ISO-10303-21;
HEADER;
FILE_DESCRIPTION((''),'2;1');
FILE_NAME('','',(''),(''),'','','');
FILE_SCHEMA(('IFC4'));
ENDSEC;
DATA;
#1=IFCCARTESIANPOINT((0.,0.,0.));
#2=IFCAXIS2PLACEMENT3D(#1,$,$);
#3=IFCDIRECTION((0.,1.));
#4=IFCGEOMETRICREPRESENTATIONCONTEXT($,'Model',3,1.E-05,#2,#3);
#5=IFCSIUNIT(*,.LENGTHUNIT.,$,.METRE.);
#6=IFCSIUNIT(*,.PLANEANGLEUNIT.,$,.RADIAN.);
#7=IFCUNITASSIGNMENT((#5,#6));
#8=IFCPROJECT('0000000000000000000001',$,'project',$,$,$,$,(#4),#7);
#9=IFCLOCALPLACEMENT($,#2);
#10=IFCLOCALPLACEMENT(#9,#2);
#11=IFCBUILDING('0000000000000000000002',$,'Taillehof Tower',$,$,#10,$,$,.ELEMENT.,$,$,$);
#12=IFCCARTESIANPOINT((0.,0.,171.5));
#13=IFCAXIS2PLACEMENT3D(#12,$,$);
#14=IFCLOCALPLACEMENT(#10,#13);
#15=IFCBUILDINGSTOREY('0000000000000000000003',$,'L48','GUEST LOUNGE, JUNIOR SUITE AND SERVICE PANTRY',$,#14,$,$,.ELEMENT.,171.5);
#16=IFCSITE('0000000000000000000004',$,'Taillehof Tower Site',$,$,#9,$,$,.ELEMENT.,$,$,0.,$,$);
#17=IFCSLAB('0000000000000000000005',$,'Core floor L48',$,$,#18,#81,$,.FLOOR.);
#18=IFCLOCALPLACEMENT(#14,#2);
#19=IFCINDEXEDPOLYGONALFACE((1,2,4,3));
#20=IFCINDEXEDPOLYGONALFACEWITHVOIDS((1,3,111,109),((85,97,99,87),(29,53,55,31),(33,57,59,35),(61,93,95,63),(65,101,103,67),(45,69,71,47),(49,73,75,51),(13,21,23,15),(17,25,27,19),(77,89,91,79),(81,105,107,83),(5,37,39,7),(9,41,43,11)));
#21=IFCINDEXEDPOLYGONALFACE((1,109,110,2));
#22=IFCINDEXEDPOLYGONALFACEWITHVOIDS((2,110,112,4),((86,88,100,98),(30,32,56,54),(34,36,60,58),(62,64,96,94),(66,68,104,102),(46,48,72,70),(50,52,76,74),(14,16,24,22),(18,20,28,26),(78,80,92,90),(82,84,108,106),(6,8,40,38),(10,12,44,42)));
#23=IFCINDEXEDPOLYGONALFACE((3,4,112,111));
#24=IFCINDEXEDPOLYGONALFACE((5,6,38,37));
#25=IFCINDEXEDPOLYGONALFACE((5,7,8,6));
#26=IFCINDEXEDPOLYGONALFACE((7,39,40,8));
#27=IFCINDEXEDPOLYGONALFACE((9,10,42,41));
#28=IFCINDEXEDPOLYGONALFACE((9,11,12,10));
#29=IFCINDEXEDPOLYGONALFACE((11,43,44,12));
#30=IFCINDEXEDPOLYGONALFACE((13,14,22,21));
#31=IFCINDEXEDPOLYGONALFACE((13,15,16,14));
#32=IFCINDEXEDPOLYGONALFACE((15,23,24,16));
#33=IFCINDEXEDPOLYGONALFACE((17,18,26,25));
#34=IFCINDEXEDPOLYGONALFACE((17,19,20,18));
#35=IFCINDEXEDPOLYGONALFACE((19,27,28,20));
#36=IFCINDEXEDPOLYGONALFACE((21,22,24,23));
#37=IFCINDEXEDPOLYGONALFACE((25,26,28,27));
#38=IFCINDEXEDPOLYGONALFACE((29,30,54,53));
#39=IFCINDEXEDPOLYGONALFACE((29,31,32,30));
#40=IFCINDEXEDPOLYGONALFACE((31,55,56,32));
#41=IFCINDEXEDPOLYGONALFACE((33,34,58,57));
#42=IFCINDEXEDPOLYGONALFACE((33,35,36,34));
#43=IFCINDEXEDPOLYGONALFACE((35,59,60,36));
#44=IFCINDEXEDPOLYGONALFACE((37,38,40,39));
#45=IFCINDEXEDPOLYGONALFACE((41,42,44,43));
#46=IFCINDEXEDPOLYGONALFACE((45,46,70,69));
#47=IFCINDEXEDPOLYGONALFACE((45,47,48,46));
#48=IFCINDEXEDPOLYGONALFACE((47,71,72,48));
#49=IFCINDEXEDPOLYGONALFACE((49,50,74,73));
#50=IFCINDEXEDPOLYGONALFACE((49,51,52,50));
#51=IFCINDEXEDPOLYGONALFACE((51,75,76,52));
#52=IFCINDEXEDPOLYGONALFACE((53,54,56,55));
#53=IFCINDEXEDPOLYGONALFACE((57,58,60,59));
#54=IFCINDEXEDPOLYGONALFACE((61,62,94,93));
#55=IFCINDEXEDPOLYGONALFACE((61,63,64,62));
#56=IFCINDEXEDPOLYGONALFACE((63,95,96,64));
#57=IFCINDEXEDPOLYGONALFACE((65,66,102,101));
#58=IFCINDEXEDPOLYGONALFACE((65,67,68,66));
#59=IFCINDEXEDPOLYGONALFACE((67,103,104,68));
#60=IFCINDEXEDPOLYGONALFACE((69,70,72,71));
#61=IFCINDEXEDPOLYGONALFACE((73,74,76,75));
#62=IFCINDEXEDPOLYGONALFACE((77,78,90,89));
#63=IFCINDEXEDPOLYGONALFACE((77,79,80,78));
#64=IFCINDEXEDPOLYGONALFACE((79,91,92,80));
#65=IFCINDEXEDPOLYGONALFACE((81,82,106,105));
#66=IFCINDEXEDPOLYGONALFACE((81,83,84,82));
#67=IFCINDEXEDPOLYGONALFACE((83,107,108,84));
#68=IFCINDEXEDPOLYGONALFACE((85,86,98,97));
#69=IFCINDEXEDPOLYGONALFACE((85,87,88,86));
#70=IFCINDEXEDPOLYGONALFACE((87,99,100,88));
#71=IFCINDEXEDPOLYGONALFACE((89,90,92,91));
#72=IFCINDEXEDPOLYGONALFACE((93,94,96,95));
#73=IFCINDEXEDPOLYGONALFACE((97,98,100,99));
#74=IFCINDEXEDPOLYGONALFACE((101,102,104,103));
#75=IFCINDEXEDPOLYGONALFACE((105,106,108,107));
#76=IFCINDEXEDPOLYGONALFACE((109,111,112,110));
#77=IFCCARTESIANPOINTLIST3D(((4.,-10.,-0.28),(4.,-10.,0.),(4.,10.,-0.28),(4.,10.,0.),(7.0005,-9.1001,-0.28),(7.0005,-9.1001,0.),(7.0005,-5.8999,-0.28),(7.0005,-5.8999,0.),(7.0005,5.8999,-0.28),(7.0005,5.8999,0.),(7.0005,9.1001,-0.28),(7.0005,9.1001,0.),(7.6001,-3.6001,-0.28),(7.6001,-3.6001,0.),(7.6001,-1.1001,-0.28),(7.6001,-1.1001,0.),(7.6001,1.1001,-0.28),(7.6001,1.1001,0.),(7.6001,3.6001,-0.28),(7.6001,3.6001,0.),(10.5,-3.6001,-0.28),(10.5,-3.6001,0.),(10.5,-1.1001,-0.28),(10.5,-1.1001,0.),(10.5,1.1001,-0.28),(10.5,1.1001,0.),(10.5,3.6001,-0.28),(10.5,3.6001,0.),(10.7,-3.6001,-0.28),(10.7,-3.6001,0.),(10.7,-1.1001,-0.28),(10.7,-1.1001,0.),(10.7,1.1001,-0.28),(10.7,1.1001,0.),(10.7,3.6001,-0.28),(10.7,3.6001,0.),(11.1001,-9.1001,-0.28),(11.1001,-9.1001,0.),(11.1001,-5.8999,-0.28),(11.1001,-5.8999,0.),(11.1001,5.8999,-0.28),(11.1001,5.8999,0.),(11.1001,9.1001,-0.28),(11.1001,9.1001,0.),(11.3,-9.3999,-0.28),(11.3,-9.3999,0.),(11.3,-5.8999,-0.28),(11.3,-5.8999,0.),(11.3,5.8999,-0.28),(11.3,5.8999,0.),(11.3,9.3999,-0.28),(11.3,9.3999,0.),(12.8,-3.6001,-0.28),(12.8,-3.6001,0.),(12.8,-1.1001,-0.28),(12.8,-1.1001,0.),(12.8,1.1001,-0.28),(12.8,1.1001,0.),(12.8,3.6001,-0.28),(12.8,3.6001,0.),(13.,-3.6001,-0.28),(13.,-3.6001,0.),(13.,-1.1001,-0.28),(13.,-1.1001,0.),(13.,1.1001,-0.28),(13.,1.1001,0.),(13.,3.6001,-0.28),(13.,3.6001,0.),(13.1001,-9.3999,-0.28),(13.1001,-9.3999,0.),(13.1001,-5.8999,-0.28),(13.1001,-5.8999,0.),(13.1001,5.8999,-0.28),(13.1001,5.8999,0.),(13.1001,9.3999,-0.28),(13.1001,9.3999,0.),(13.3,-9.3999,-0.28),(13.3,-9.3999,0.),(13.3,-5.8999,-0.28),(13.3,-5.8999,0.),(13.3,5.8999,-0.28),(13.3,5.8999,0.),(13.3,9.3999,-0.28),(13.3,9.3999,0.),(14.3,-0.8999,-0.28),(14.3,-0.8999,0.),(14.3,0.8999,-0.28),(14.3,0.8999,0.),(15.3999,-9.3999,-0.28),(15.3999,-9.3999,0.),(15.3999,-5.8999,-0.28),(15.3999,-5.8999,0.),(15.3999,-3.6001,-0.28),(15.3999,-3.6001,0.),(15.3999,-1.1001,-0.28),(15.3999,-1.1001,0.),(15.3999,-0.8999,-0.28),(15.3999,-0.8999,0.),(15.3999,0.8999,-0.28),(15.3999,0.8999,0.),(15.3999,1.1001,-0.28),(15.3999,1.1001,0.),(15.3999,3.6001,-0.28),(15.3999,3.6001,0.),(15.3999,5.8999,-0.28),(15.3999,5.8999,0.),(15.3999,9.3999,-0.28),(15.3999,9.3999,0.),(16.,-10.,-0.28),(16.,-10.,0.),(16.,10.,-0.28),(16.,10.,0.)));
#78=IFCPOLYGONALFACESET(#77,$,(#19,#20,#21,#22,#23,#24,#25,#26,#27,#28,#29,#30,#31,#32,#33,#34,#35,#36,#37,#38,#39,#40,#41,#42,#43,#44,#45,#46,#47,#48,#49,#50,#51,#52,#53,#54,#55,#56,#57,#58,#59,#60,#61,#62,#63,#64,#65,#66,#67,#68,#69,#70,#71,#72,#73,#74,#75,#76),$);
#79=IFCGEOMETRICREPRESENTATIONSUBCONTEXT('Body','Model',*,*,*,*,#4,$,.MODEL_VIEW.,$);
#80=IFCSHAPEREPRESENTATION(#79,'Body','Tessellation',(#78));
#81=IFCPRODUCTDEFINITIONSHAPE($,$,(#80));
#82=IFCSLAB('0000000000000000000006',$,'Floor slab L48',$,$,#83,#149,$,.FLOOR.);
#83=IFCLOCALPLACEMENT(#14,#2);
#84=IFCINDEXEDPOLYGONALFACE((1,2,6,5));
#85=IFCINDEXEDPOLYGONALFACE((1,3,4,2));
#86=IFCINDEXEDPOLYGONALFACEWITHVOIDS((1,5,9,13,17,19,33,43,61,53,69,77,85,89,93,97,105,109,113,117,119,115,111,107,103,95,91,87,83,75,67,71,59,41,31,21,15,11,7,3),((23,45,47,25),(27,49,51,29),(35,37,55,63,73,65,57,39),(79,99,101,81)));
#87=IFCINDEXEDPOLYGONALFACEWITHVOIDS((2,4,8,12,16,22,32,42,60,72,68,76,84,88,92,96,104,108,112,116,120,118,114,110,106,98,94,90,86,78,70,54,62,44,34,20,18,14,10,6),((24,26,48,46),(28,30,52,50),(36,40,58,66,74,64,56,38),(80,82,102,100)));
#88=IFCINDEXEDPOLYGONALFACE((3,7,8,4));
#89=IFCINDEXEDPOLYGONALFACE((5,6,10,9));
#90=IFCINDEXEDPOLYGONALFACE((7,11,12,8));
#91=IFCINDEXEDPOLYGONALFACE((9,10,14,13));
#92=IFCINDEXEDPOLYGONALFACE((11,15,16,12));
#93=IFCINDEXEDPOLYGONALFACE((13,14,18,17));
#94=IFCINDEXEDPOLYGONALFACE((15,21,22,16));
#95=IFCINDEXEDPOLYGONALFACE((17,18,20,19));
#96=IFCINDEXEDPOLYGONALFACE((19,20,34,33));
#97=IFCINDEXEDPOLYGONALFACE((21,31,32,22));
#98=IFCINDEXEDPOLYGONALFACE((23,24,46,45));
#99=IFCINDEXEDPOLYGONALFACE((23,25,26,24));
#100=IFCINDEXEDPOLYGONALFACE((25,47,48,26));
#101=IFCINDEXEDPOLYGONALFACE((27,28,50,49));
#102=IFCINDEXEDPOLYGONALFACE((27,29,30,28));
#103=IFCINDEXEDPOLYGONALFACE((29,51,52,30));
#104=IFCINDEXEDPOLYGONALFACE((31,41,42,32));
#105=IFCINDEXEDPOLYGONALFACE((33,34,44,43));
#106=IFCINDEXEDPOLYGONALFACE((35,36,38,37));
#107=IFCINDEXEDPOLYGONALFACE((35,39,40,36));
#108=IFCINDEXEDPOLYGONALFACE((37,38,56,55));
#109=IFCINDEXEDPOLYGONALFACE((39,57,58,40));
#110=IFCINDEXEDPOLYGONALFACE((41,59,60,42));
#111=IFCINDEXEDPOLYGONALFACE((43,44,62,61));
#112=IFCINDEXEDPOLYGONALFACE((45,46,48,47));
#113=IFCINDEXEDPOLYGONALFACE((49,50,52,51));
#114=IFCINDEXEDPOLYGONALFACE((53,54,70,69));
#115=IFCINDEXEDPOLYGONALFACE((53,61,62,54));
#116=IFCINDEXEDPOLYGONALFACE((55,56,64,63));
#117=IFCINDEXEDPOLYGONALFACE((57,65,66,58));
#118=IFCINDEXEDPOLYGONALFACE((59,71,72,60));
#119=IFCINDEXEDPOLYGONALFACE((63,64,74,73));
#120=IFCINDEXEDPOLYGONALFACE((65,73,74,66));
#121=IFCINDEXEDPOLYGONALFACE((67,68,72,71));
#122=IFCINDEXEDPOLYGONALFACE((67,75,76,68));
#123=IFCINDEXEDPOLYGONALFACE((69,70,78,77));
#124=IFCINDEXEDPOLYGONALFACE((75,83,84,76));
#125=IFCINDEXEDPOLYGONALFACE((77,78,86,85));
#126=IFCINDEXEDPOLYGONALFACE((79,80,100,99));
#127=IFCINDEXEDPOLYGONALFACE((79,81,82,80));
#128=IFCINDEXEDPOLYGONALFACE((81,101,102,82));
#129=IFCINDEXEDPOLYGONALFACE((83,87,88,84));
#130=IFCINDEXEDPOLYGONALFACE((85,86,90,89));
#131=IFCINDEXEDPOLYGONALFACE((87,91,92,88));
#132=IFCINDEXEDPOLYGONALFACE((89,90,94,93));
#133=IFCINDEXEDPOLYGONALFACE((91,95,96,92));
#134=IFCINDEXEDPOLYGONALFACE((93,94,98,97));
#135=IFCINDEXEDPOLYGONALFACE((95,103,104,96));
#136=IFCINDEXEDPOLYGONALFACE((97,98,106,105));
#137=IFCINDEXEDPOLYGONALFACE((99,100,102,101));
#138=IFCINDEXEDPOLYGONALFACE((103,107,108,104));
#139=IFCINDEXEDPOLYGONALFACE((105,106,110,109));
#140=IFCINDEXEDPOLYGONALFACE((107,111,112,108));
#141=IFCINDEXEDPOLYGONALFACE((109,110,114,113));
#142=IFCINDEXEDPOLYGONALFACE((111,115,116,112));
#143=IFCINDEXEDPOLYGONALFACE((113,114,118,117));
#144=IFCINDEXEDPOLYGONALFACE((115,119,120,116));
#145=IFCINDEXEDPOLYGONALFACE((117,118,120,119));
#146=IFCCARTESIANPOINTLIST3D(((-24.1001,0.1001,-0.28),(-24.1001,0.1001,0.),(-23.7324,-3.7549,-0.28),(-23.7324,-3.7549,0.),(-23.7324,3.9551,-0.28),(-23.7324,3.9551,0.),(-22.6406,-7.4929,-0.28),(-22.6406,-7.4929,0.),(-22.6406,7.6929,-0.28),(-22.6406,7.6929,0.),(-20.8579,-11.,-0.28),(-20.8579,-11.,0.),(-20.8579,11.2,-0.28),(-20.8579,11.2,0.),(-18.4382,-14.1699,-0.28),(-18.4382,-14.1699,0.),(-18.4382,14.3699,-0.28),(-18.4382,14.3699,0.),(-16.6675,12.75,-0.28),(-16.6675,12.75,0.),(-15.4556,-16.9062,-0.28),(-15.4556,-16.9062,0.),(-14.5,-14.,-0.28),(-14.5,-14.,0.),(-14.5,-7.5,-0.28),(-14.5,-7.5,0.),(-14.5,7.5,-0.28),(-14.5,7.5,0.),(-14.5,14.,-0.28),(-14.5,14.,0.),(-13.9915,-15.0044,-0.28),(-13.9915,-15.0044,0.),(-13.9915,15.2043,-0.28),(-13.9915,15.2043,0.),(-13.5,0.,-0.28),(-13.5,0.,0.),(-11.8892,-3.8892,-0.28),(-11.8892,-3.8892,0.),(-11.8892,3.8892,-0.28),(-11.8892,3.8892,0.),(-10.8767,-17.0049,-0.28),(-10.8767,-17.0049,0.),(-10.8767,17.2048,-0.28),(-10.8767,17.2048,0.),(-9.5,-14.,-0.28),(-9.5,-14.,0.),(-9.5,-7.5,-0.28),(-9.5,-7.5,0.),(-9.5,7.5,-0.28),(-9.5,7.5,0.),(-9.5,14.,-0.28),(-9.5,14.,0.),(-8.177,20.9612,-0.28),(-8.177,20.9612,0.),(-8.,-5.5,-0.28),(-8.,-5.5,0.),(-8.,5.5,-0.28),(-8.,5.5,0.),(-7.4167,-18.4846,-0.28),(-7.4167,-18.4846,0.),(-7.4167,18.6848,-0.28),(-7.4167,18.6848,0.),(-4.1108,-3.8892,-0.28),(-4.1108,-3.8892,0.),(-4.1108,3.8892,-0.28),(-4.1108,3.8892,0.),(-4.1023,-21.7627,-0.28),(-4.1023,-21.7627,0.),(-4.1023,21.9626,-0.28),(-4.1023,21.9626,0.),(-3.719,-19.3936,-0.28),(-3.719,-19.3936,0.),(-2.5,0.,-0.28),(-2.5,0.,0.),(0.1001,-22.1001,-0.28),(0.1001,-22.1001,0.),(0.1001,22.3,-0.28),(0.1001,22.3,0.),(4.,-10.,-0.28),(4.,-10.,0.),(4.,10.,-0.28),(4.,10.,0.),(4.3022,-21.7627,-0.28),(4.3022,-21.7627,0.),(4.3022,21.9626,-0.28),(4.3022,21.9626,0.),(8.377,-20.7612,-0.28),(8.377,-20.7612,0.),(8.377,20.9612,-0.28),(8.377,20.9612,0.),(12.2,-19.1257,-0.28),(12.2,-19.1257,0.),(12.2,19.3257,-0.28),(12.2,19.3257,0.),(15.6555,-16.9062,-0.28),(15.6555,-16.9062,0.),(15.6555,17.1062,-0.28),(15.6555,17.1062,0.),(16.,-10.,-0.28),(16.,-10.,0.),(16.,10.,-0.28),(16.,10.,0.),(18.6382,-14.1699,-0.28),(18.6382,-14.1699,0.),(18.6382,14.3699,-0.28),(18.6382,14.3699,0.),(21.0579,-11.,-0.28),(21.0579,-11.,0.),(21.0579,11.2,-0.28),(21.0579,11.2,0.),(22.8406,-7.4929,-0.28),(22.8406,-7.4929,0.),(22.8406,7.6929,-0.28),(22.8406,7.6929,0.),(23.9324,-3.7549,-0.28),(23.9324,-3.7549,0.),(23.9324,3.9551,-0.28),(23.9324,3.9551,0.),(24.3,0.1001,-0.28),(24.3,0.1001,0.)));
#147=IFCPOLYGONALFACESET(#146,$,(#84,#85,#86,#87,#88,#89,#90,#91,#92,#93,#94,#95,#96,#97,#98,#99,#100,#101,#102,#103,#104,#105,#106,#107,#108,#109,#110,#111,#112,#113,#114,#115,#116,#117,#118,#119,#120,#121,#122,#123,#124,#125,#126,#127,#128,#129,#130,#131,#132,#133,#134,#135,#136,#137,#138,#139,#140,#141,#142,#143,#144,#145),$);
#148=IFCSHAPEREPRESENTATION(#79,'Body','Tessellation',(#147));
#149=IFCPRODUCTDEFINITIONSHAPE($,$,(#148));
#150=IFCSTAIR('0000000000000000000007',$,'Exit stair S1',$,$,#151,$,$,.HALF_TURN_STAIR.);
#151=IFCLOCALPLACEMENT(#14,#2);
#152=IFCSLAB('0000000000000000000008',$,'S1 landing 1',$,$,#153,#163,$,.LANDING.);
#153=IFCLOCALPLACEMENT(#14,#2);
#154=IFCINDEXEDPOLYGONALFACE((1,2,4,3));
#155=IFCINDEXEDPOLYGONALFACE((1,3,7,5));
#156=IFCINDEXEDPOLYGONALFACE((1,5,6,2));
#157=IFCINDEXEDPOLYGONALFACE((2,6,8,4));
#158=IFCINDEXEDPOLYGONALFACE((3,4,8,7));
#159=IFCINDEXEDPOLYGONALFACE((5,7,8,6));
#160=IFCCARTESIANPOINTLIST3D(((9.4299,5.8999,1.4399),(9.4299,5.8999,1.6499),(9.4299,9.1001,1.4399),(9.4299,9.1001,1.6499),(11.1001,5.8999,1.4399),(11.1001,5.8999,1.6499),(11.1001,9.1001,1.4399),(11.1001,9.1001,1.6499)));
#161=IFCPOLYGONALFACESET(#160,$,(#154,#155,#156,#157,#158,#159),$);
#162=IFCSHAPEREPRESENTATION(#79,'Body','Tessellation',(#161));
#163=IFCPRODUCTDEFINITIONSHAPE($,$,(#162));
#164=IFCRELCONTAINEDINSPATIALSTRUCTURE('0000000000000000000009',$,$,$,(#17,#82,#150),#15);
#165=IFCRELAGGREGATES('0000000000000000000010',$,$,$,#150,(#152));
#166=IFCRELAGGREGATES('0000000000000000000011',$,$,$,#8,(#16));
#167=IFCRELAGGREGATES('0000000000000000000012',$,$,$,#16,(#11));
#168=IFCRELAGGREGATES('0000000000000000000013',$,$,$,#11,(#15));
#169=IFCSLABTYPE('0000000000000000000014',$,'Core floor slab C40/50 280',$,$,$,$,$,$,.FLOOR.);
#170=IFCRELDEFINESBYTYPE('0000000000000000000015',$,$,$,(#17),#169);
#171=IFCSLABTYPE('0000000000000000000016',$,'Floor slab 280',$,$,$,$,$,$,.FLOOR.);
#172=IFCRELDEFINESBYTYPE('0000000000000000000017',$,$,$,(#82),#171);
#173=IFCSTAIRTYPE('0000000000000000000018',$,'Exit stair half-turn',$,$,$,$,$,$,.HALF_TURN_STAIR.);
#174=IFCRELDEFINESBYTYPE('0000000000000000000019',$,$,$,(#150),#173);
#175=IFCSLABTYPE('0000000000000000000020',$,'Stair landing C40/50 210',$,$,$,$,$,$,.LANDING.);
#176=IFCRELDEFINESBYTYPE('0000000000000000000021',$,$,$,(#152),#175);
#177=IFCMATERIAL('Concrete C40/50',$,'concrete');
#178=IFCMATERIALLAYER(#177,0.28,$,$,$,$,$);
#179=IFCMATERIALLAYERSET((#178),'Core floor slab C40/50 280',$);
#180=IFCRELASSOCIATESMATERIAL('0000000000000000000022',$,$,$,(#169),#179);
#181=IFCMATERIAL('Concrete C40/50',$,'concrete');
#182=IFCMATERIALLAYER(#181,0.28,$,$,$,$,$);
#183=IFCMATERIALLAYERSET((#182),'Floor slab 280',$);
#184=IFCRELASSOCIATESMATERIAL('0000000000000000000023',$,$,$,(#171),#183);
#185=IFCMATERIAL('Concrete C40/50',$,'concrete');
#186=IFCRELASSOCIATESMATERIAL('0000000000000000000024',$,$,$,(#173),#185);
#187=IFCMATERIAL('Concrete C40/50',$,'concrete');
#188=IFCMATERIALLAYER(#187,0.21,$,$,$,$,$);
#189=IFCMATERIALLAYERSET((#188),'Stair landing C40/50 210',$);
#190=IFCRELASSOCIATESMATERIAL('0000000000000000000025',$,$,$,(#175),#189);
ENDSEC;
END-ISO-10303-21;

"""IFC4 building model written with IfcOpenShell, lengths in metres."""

from ifc_helpers import new_model, si_unit, direction, frame, origin, place, context, subcontext, project, spatial, polyline, outline, extrude, material, layer, layer_set, type_object, element, aggregate, save


model = new_model("IFC4")

# Units and contexts
model_context = context("Model", 3, precision=1e-05, world=origin(), true_north=direction((0.0, 1.0)))
body_context = subcontext(model_context, "Body", "Model", "MODEL_VIEW")
ifc_project = project(units=[si_unit("LENGTHUNIT", "METRE"), si_unit("PLANEANGLEUNIT", "RADIAN")], contexts=[model_context])

# Site, building, storey
site_placement = place(None, origin())
site = spatial("IfcSite", under=ifc_project, at=site_placement, Name="Taillehof Tower Site", CompositionType="ELEMENT", RefElevation=0.0)
building_placement = place(site_placement, origin())
building = spatial("IfcBuilding", under=site, at=building_placement, Name="Taillehof Tower", CompositionType="ELEMENT")
storey_placement = place(building_placement, frame((0.0, 0.0, 171.5)))
storey = spatial("IfcBuildingStorey", under=building, at=storey_placement, Name="L48", Description="GUEST LOUNGE, JUNIOR SUITE AND SERVICE PANTRY", CompositionType="ELEMENT", Elevation=171.5)

# Slabs
ifc_material_1 = material(Name="Concrete C40/50", Category="concrete")
ifc_layer_1 = layer(ifc_material_1, 0.28)
ifc_layer_set_1 = layer_set([ifc_layer_1], Name="Core floor slab C40/50 280")
slab_type_1 = type_object("IfcSlabType", Name="Core floor slab C40/50 280", PredefinedType="FLOOR", material=ifc_layer_set_1)
slab_1_placement = place(storey_placement, frame((0.0, 0.0, -0.28)))
element("IfcSlab", 1, at=slab_1_placement, inside=storey, type_object=slab_type_1, Name="Core floor L48", PredefinedType="FLOOR", context=body_context, shape_type="SweptSolid", body=[
    extrude(outline(polyline([(4.0, -10.0), (4.0, 10.0), (16.0, 10.0), (16.0, -10.0), (4.0, -10.0)]), holes=[polyline([(11.1001, -9.1001), (11.1001, -5.8999), (7.0005, -5.8999), (7.0005, -9.1001), (11.1001, -9.1001)]), polyline([(10.5, -3.6001), (10.5, -1.1001), (7.6001, -1.1001), (7.6001, -3.6001), (10.5, -3.6001)]), polyline([(12.8, -3.6001), (12.8, -1.1001), (10.7, -1.1001), (10.7, -3.6001), (12.8, -3.6001)]), polyline([(10.5, 3.6001), (7.6001, 3.6001), (7.6001, 1.1001), (10.5, 1.1001), (10.5, 3.6001)]), polyline([(12.8, 1.1001), (12.8, 3.6001), (10.7, 3.6001), (10.7, 1.1001), (12.8, 1.1001)]), polyline([(11.1001, 5.8999), (11.1001, 9.1001), (7.0005, 9.1001), (7.0005, 5.8999), (11.1001, 5.8999)]), polyline([(13.1001, 9.3999), (11.3, 9.3999), (11.3, 5.8999), (13.1001, 5.8999), (13.1001, 9.3999)]), polyline([(13.1001, -9.3999), (13.1001, -5.8999), (11.3, -5.8999), (11.3, -9.3999), (13.1001, -9.3999)]), polyline([(15.3999, -9.3999), (15.3999, -5.8999), (13.3, -5.8999), (13.3, -9.3999), (15.3999, -9.3999)]), polyline([(15.3999, -3.6001), (15.3999, -1.1001), (13.0, -1.1001), (13.0, -3.6001), (15.3999, -3.6001)]), polyline([(15.3999, -0.8999), (15.3999, 0.8999), (14.3, 0.8999), (14.3, -0.8999), (15.3999, -0.8999)]), polyline([(15.3999, 1.1001), (15.3999, 3.6001), (13.0, 3.6001), (13.0, 1.1001), (15.3999, 1.1001)]), polyline([(15.3999, 5.8999), (15.3999, 9.3999), (13.3, 9.3999), (13.3, 5.8999), (15.3999, 5.8999)])]), origin(), (0.0, 0.0, 1.0), 0.28),
])
ifc_material_2 = material(Name="Concrete C40/50", Category="concrete")
ifc_layer_2 = layer(ifc_material_2, 0.28)
ifc_layer_set_2 = layer_set([ifc_layer_2], Name="Floor slab 280")
slab_type_2 = type_object("IfcSlabType", Name="Floor slab 280", PredefinedType="FLOOR", material=ifc_layer_set_2)
slab_2_placement = place(storey_placement, frame((0.0, 0.0, -0.28)))
element("IfcSlab", 2, at=slab_2_placement, inside=storey, type_object=slab_type_2, Name="Floor slab L48", PredefinedType="FLOOR", context=body_context, shape_type="SweptSolid", body=[
    extrude(outline(polyline([(24.3, 0.1001), (23.9324, 3.9551), (22.8406, 7.6929), (21.0579, 11.2), (18.6382, 14.3699), (15.6555, 17.1062), (12.2, 19.3257), (8.377, 20.9612), (4.3022, 21.9626), (0.1001, 22.3), (-4.1023, 21.9626), (-8.177, 20.9612), (-7.4167, 18.6848), (-10.8767, 17.2048), (-13.9915, 15.2043), (-16.6675, 12.75), (-18.4382, 14.3699), (-20.8579, 11.2), (-22.6406, 7.6929), (-23.7324, 3.9551), (-24.1001, 0.1001), (-23.7324, -3.7549), (-22.6406, -7.4929), (-20.8579, -11.0), (-18.4382, -14.1699), (-15.4556, -16.9062), (-13.9915, -15.0044), (-10.8767, -17.0049), (-7.4167, -18.4846), (-3.719, -19.3936), (-4.1023, -21.7627), (0.1001, -22.1001), (4.3022, -21.7627), (8.377, -20.7612), (12.2, -19.1257), (15.6555, -16.9062), (18.6382, -14.1699), (21.0579, -11.0), (22.8406, -7.4929), (23.9324, -3.7549), (24.3, 0.1001)]), holes=[polyline([(-14.5, -7.5), (-9.5, -7.5), (-9.5, -14.0), (-14.5, -14.0), (-14.5, -7.5)]), polyline([(-8.0, -5.5), (-11.8892, -3.8892), (-13.5, 0.0), (-11.8892, 3.8892), (-8.0, 5.5), (-4.1108, 3.8892), (-2.5, 0.0), (-4.1108, -3.8892), (-8.0, -5.5)]), polyline([(16.0, 10.0), (16.0, -10.0), (4.0, -10.0), (4.0, 10.0), (16.0, 10.0)]), polyline([(-14.5, 14.0), (-9.5, 14.0), (-9.5, 7.5), (-14.5, 7.5), (-14.5, 14.0)])]), origin(), (0.0, 0.0, 1.0), 0.28),
])

# Stair, slab
ifc_material_3 = material(Name="Concrete C40/50", Category="concrete")
stair_type = type_object("IfcStairType", Name="Exit stair half-turn", PredefinedType="HALF_TURN_STAIR", material=ifc_material_3)
stair_1_placement = place(storey_placement, origin())
stair_1 = element("IfcStair", 3, at=stair_1_placement, inside=storey, type_object=stair_type, Name="Exit stair S1", PredefinedType="HALF_TURN_STAIR")
ifc_material_4 = material(Name="Concrete C40/50", Category="concrete")
ifc_layer_3 = layer(ifc_material_4, 0.21)
ifc_layer_set_3 = layer_set([ifc_layer_3], Name="Stair landing C40/50 210")
slab_type_3 = type_object("IfcSlabType", Name="Stair landing C40/50 210", PredefinedType="LANDING", material=ifc_layer_set_3)
slab_3_placement = place(storey_placement, frame((0.0, 0.0, 1.4399)))
slab_3 = element("IfcSlab", 4, at=slab_3_placement, type_object=slab_type_3, Name="S1 landing 1", PredefinedType="LANDING", context=body_context, shape_type="SweptSolid", body=[
    extrude(outline(polyline([(9.4299, 5.8999), (11.1001, 5.8999), (11.1001, 9.1001), (9.4299, 9.1001), (9.4299, 5.8999)])), origin(), (0.0, 0.0, 1.0), 0.21),
])
aggregate(stair_1, [slab_3])

save(model, "model.ifc")
